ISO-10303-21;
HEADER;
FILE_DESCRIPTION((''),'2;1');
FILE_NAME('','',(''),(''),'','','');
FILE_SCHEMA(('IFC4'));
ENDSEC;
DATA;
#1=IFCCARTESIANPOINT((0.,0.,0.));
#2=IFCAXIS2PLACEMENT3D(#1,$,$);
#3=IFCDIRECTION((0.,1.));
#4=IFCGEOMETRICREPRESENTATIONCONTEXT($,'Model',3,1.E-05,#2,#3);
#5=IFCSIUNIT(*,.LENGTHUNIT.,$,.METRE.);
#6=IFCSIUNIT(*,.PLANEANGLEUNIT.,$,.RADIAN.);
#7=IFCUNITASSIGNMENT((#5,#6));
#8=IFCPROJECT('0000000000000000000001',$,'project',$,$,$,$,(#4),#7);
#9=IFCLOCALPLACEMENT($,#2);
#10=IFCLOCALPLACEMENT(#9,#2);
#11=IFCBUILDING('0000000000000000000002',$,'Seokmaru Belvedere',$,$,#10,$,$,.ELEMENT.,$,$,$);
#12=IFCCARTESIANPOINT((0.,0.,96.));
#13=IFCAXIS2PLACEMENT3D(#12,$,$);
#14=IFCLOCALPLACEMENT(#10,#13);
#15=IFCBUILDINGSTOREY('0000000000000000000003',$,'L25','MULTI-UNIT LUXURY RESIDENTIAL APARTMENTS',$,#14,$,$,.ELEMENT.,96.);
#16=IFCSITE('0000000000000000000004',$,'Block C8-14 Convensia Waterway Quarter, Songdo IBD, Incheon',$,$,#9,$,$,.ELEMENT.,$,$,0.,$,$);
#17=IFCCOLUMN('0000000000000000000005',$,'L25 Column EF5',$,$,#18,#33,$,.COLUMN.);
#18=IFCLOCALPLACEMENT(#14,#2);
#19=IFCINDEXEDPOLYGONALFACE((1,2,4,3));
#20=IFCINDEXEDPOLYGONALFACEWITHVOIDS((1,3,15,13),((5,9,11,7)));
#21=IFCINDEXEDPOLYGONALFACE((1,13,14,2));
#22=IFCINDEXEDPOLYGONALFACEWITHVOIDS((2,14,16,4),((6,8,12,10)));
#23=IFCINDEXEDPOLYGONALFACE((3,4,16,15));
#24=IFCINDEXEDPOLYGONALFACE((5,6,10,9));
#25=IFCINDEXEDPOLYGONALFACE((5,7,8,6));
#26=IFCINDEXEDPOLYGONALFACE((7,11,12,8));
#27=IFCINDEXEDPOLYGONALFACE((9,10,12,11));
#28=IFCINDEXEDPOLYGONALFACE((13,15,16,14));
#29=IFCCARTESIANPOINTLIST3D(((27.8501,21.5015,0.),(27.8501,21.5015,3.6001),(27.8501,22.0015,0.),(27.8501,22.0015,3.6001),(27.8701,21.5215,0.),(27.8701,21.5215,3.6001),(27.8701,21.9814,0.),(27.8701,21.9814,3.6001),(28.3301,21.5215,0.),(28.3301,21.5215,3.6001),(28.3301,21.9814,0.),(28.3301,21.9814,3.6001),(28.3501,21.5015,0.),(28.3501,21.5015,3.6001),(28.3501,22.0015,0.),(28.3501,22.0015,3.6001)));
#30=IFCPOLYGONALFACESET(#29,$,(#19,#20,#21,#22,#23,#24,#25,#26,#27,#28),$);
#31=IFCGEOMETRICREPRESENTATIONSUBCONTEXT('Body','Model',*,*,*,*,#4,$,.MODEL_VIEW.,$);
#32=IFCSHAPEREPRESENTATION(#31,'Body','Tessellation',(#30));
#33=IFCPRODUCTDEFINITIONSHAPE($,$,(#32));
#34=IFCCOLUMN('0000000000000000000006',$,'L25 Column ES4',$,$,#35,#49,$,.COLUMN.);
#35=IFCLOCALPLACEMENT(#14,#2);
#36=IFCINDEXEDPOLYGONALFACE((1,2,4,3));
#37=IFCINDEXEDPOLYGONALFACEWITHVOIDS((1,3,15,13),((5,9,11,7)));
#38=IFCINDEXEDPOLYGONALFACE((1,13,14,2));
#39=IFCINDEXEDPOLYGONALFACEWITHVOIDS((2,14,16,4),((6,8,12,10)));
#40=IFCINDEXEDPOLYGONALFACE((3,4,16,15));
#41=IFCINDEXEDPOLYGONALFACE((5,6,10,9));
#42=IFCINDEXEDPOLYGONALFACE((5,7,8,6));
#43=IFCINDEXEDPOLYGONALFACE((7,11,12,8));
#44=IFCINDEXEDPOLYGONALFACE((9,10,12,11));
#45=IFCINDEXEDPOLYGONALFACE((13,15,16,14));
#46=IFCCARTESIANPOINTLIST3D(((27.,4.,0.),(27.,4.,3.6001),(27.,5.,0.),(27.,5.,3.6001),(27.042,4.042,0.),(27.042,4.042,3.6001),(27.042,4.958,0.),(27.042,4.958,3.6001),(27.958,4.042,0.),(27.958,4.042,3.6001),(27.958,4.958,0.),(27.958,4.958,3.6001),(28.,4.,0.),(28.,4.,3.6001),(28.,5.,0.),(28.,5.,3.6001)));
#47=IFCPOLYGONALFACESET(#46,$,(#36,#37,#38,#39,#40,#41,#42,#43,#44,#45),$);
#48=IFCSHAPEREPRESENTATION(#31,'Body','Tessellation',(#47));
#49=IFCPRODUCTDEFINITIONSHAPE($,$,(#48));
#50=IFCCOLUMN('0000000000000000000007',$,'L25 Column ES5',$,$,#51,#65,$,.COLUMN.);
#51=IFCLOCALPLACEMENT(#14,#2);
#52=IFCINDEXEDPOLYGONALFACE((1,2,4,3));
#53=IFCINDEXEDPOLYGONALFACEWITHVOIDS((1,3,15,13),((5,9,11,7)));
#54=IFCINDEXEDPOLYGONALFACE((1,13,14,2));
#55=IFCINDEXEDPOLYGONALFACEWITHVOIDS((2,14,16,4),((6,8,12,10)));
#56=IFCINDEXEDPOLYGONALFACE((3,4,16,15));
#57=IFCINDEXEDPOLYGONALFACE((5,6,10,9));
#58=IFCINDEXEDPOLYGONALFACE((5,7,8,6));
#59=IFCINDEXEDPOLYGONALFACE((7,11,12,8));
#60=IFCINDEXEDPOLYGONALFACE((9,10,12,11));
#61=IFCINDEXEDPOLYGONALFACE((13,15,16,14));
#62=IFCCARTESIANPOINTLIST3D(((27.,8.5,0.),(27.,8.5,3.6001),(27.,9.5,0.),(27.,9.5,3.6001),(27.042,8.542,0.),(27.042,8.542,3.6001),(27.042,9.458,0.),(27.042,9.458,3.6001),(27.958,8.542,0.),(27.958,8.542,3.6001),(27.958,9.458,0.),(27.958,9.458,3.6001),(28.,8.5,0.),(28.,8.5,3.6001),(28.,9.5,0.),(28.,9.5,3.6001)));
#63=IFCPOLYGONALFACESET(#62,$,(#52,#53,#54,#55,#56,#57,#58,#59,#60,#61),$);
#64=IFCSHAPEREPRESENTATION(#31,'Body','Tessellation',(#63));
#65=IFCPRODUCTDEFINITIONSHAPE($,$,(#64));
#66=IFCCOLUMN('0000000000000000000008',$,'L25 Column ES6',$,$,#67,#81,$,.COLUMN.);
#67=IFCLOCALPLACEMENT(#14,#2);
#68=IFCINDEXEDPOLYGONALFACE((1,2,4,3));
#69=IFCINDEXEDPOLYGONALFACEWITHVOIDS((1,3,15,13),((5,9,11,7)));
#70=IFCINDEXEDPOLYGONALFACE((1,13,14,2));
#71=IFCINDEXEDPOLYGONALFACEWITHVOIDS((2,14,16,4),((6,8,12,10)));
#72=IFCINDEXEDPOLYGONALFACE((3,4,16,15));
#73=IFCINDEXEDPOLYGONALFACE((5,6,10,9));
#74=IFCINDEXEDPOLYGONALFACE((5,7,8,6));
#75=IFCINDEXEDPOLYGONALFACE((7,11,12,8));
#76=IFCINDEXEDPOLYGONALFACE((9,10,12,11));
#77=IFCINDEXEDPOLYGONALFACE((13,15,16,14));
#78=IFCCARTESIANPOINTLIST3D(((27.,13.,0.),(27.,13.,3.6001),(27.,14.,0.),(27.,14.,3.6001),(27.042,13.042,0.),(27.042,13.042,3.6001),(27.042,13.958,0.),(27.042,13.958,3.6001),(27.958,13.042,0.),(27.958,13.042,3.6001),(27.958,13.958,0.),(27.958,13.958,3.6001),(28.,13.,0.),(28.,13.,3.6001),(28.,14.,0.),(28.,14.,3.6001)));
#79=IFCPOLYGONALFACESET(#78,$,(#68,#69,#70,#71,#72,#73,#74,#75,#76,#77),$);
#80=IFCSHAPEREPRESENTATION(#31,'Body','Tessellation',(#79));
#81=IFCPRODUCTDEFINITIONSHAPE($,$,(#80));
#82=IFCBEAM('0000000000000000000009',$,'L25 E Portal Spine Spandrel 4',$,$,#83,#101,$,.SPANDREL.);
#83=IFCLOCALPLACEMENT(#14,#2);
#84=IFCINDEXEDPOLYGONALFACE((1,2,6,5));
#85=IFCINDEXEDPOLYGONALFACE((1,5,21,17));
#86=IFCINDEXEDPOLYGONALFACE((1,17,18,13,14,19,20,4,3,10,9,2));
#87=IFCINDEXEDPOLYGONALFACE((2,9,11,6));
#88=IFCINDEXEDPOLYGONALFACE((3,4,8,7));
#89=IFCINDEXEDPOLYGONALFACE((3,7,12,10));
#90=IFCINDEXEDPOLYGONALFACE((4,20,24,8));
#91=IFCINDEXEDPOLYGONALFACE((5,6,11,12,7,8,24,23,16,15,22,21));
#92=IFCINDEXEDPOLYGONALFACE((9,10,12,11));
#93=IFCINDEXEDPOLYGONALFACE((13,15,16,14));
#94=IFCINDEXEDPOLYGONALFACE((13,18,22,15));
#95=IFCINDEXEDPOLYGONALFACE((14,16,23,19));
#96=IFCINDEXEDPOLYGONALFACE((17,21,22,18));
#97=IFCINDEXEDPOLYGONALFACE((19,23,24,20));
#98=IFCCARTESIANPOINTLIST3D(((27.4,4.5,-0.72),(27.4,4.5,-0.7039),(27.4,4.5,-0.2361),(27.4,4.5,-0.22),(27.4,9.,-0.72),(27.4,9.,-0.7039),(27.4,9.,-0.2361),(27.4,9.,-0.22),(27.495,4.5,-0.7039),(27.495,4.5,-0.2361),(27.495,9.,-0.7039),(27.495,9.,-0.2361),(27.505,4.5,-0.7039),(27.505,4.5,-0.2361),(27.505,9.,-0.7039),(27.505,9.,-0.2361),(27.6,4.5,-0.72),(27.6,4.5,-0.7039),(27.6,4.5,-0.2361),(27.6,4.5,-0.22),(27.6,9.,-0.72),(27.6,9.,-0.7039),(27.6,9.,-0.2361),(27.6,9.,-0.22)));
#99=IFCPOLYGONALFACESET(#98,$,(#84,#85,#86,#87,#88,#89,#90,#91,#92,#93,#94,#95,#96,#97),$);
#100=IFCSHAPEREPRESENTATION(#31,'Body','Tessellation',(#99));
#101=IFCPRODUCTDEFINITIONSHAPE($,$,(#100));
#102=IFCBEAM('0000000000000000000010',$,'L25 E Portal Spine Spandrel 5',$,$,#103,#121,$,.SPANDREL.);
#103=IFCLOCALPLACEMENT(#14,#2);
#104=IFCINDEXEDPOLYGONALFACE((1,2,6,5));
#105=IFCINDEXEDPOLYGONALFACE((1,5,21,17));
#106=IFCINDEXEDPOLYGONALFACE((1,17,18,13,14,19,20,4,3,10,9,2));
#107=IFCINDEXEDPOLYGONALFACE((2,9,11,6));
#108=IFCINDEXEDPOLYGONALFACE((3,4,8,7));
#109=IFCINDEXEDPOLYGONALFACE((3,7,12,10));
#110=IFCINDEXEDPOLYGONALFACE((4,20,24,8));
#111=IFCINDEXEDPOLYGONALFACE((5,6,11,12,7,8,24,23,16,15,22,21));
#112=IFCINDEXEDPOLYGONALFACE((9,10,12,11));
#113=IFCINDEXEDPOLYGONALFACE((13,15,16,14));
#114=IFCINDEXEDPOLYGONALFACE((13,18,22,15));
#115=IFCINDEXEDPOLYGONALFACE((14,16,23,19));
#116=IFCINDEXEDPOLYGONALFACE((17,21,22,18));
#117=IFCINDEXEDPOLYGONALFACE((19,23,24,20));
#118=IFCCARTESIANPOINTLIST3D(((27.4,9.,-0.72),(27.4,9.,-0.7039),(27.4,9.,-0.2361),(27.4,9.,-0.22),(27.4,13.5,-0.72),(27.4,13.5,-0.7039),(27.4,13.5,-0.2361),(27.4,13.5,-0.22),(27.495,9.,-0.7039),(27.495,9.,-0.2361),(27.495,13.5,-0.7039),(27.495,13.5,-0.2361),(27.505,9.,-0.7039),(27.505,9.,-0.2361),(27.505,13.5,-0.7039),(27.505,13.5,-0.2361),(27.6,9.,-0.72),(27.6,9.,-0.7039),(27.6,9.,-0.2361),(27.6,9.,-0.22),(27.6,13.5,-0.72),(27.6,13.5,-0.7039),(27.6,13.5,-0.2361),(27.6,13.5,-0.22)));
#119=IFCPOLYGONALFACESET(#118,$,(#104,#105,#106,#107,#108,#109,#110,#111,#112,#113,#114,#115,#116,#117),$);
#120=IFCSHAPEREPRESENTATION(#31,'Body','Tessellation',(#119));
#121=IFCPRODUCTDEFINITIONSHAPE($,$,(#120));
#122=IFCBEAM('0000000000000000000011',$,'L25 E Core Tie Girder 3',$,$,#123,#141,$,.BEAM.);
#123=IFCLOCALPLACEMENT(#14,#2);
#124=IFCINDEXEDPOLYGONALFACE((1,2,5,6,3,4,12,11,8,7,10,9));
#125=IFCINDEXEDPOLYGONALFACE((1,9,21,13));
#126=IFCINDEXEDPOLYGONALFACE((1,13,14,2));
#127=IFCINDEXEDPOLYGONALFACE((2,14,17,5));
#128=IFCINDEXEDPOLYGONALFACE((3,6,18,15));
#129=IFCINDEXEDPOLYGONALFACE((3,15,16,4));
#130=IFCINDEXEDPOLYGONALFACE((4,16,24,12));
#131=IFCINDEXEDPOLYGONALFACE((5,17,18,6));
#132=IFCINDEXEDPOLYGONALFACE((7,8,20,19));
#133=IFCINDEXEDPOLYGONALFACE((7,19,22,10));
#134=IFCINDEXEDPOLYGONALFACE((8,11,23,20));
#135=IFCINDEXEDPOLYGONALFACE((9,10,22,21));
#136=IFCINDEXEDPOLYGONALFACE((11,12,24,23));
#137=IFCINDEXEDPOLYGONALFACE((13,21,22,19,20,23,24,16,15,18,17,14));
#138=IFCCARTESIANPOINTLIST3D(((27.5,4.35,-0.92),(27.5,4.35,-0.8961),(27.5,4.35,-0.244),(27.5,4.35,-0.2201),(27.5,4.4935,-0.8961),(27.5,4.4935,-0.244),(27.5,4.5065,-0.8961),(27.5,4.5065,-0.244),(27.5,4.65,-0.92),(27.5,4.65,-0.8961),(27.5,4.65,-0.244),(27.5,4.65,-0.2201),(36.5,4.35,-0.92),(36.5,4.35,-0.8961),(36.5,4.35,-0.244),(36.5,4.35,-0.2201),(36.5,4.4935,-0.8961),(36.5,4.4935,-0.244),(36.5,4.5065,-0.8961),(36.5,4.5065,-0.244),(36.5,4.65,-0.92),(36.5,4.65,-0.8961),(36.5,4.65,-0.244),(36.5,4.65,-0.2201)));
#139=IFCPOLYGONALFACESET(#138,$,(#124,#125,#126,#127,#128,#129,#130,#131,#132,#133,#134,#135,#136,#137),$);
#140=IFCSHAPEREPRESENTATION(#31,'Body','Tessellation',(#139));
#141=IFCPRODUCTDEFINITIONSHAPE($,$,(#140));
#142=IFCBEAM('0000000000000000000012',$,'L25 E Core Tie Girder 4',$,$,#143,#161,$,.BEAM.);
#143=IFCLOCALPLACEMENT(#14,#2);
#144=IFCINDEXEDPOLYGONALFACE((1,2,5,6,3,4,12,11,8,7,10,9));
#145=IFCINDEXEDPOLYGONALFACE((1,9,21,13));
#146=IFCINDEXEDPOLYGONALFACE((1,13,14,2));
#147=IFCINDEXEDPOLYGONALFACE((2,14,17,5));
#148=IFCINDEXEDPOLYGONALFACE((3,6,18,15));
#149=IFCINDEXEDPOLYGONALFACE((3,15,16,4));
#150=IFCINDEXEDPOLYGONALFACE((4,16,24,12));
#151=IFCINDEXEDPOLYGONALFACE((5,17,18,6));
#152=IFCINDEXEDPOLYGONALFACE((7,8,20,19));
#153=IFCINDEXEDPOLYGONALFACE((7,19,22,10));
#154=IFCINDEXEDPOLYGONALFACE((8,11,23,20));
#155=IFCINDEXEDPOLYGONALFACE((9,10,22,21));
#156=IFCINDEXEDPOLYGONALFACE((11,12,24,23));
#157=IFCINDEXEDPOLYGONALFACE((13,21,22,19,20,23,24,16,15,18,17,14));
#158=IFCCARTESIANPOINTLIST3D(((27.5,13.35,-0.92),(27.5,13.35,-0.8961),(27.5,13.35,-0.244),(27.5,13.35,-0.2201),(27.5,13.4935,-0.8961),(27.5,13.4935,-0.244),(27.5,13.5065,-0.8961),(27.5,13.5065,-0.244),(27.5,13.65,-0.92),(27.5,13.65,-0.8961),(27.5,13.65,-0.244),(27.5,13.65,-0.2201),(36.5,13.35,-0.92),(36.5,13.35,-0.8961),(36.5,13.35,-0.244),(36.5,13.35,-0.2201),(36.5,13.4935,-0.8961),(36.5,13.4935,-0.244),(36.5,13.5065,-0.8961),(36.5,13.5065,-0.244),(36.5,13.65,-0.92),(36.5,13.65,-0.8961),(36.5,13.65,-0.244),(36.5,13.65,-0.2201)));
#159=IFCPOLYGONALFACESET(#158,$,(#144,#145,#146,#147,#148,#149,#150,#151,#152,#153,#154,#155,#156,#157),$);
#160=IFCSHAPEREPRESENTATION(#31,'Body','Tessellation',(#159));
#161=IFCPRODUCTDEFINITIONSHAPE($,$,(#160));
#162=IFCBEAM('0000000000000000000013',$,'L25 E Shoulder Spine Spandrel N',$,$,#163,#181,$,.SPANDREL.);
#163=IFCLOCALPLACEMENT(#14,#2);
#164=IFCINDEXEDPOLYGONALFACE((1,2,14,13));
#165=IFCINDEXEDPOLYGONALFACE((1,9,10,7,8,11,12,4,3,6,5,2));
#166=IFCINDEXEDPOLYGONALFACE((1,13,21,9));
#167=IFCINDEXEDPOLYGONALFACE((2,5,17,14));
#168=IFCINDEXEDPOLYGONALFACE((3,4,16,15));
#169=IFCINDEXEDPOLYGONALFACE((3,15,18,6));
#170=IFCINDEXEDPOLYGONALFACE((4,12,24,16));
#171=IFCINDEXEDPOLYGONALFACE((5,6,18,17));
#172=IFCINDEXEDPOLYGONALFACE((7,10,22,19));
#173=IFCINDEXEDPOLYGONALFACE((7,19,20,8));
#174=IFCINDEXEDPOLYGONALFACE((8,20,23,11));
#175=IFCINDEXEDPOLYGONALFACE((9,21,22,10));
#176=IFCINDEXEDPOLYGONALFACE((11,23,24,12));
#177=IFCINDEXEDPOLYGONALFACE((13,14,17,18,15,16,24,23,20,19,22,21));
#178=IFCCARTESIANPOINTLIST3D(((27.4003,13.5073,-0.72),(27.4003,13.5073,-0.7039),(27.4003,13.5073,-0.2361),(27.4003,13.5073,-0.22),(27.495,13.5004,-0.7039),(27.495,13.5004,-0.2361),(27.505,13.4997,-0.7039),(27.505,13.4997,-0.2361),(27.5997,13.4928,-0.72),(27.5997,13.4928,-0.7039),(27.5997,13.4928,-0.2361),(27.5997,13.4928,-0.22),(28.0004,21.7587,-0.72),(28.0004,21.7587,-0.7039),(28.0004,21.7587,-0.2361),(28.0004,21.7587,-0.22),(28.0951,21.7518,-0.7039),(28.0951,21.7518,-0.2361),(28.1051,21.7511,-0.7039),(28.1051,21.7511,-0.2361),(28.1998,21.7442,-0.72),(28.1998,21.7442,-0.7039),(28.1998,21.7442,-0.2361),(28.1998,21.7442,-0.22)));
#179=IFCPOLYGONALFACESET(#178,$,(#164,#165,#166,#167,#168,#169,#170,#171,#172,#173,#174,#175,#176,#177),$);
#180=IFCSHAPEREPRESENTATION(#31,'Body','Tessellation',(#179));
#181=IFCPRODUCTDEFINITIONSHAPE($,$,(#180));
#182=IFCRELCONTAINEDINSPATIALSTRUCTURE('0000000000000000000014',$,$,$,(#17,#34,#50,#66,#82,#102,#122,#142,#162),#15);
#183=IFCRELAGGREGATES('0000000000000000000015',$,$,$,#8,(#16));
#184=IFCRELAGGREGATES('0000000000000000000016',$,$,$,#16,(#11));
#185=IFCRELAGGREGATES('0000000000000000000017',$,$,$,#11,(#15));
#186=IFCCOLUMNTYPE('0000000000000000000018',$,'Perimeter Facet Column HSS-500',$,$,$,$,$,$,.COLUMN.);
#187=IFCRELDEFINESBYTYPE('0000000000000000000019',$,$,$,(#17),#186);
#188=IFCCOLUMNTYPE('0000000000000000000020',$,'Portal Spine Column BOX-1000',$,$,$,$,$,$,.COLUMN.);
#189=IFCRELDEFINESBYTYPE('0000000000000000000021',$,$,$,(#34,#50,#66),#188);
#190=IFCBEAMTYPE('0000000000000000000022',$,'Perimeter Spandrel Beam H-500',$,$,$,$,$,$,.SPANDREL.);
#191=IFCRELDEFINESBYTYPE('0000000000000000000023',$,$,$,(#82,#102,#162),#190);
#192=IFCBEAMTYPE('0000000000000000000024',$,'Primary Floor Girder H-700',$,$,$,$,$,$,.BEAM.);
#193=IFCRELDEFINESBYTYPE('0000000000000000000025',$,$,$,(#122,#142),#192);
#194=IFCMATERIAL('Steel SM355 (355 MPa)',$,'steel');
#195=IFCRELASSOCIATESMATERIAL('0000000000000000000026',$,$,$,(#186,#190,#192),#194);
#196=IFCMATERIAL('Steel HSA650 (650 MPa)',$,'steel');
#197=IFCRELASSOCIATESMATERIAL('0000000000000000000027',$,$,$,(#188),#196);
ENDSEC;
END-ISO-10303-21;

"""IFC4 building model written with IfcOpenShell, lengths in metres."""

from ifc_helpers import new_model, si_unit, direction, frame, origin, origin_2d, place, context, subcontext, project, spatial, hollow_rectangle, i_section, extrude, source, transform, mapped, material, material_profile, profile_set, type_object, type_shapes, element, save


model = new_model("IFC4")

# Units and contexts
model_context = context("Model", 3, precision=1e-05, world=origin(), true_north=direction((0.0, 1.0)))
body_context = subcontext(model_context, "Body", "Model", "MODEL_VIEW")
ifc_project = project(units=[si_unit("LENGTHUNIT", "METRE"), si_unit("PLANEANGLEUNIT", "RADIAN")], contexts=[model_context])

# Site, building, storey
site_placement = place(None, origin())
site = spatial("IfcSite", under=ifc_project, at=site_placement, Name="Block C8-14 Convensia Waterway Quarter, Songdo IBD, Incheon", CompositionType="ELEMENT", RefElevation=0.0)
building_placement = place(site_placement, origin())
building = spatial("IfcBuilding", under=site, at=building_placement, Name="Seokmaru Belvedere", CompositionType="ELEMENT")
storey_placement = place(building_placement, frame((0.0, 0.0, 96.0)))
storey = spatial("IfcBuildingStorey", under=building, at=storey_placement, Name="L25", Description="MULTI-UNIT LUXURY RESIDENTIAL APARTMENTS", CompositionType="ELEMENT", Elevation=96.0)

# Columns
ifc_material_1 = material(Name="Steel SM355 (355 MPa)", Category="steel")
ifc_material_profile_1 = material_profile(ifc_material_1, hollow_rectangle(XDim=0.5, YDim=0.5, WallThickness=0.02, at=origin_2d()), Name="HSS-500x500x20")
ifc_profile_set_1 = profile_set([ifc_material_profile_1], Name="Steel SM355 (355 MPa)")
column_type_1 = type_object("IfcColumnType", Name="Perimeter Facet Column HSS-500", PredefinedType="COLUMN", material=ifc_profile_set_1)
shared_shape_1 = source(origin(), body_context, "Body", "SweptSolid", [
    extrude(hollow_rectangle(XDim=0.5, YDim=0.5, WallThickness=0.02, at=origin_2d()), origin(), (0.0, 0.0, 1.0), 3.6001),
])
type_shapes(column_type_1, [shared_shape_1])
column_placement = place(storey_placement, frame((28.1001, 21.7515, 0.0), z_axis=(0.0, 0.0, 1.0), x_axis=(1.0, 0.0, 0.0)))
element("IfcColumn", 1, at=column_placement, inside=storey, type_object=column_type_1, Name="L25 Column EF5", PredefinedType="COLUMN", context=body_context, shape_type="MappedRepresentation", body=[
    mapped(shared_shape_1, transform((0.0, 0.0, 0.0), scale=1.0)),
])
ifc_material_2 = material(Name="Steel HSA650 (650 MPa)", Category="steel")
ifc_material_profile_2 = material_profile(ifc_material_2, hollow_rectangle(XDim=1.0, YDim=1.0, WallThickness=0.042, at=origin_2d()), Name="BOX-1000x1000x42")
ifc_profile_set_2 = profile_set([ifc_material_profile_2], Name="Steel HSA650 (650 MPa)")
column_type_2 = type_object("IfcColumnType", Name="Portal Spine Column BOX-1000", PredefinedType="COLUMN", material=ifc_profile_set_2)
shared_shape_2 = source(origin(), body_context, "Body", "SweptSolid", [
    extrude(hollow_rectangle(XDim=1.0, YDim=1.0, WallThickness=0.042, at=origin_2d()), origin(), (0.0, 0.0, 1.0), 3.6001),
])
type_shapes(column_type_2, [shared_shape_2])
for number, where, z_axis, x_axis, name in (
    (2, (27.5, 4.5, 0.0), (0.0, 0.0, 1.0), (1.0, 0.0, 0.0), "L25 Column ES4"),
    (3, (27.5, 9.0, 0.0), (0.0, 0.0, 1.0), (1.0, 0.0, 0.0), "L25 Column ES5"),
    (4, (27.5, 13.5, 0.0), (0.0, 0.0, 1.0), (1.0, 0.0, 0.0), "L25 Column ES6"),
):
    element("IfcColumn", number, at=place(storey_placement, frame(where, z_axis=z_axis, x_axis=x_axis)), inside=storey, type_object=column_type_2, Name=name, PredefinedType="COLUMN", context=body_context, shape_type="MappedRepresentation", body=[
        mapped(shared_shape_2, transform((0.0, 0.0, 0.0), scale=1.0)),
    ])

# Beams
ifc_material_profile_3 = material_profile(ifc_material_1, i_section(OverallWidth=0.2, OverallDepth=0.5, WebThickness=0.01, FlangeThickness=0.0161, at=origin_2d()), Name="H-500x200x10x16")
ifc_profile_set_3 = profile_set([ifc_material_profile_3], Name="Steel SM355 (355 MPa)")
beam_type_1 = type_object("IfcBeamType", Name="Perimeter Spandrel Beam H-500", PredefinedType="SPANDREL", material=ifc_profile_set_3)
shared_shape_3 = source(origin(), body_context, "Body", "SweptSolid", [
    extrude(i_section(OverallWidth=0.2, OverallDepth=0.5, WebThickness=0.01, FlangeThickness=0.0161, at=origin_2d()), origin(), (0.0, 0.0, 1.0), 4.5),
])
for number, where, z_axis, x_axis, name in (
    (5, (27.5, 4.5, -0.47), (0.0, 1.0, 0.0), (-1.0, 0.0, 0.0), "L25 E Portal Spine Spandrel 4"),
    (6, (27.5, 9.0, -0.47), (0.0, 1.0, 0.0), (-1.0, 0.0, 0.0), "L25 E Portal Spine Spandrel 5"),
):
    element("IfcBeam", number, at=place(storey_placement, frame(where, z_axis=z_axis, x_axis=x_axis)), inside=storey, type_object=beam_type_1, Name=name, PredefinedType="SPANDREL", context=body_context, shape_type="MappedRepresentation", body=[
        mapped(shared_shape_3, transform((0.0, 0.0, 0.0), scale=1.0)),
    ])
ifc_material_profile_4 = material_profile(ifc_material_1, i_section(OverallWidth=0.3, OverallDepth=0.7, WebThickness=0.0129, FlangeThickness=0.0239, at=origin_2d()), Name="H-700x300x13x24")
ifc_profile_set_4 = profile_set([ifc_material_profile_4], Name="Steel SM355 (355 MPa)")
beam_type_2 = type_object("IfcBeamType", Name="Primary Floor Girder H-700", PredefinedType="BEAM", material=ifc_profile_set_4)
shared_shape_4 = source(origin(), body_context, "Body", "SweptSolid", [
    extrude(i_section(OverallWidth=0.3, OverallDepth=0.7, WebThickness=0.0129, FlangeThickness=0.0239, at=origin_2d()), origin(), (0.0, 0.0, 1.0), 9.0),
])
type_shapes(beam_type_2, [shared_shape_4])
for number, where, z_axis, x_axis, name in (
    (7, (27.5, 4.5, -0.5701), (1.0, 0.0, 0.0), (0.0, 1.0, 0.0), "L25 E Core Tie Girder 3"),
    (8, (27.5, 13.5, -0.5701), (1.0, 0.0, 0.0), (0.0, 1.0, 0.0), "L25 E Core Tie Girder 4"),
):
    element("IfcBeam", number, at=place(storey_placement, frame(where, z_axis=z_axis, x_axis=x_axis)), inside=storey, type_object=beam_type_2, Name=name, PredefinedType="BEAM", context=body_context, shape_type="MappedRepresentation", body=[
        mapped(shared_shape_4, transform((0.0, 0.0, 0.0), scale=1.0)),
    ])
shared_shape_5 = source(origin(), body_context, "Body", "SweptSolid", [
    extrude(i_section(OverallWidth=0.2, OverallDepth=0.5, WebThickness=0.01, FlangeThickness=0.0161, at=origin_2d()), origin(), (0.0, 0.0, 1.0), 8.2732),
])
type_shapes(beam_type_1, [shared_shape_3, shared_shape_5])
beam_placement = place(storey_placement, frame((28.1001, 21.7515, -0.47), z_axis=(-0.072535, -0.997366, 0.0), x_axis=(0.997366, -0.072535, 0.0)))
element("IfcBeam", 9, at=beam_placement, inside=storey, type_object=beam_type_1, Name="L25 E Shoulder Spine Spandrel N", PredefinedType="SPANDREL", context=body_context, shape_type="MappedRepresentation", body=[
    mapped(shared_shape_5, transform((0.0, 0.0, 0.0), scale=1.0)),
])

save(model, "model.ifc")
